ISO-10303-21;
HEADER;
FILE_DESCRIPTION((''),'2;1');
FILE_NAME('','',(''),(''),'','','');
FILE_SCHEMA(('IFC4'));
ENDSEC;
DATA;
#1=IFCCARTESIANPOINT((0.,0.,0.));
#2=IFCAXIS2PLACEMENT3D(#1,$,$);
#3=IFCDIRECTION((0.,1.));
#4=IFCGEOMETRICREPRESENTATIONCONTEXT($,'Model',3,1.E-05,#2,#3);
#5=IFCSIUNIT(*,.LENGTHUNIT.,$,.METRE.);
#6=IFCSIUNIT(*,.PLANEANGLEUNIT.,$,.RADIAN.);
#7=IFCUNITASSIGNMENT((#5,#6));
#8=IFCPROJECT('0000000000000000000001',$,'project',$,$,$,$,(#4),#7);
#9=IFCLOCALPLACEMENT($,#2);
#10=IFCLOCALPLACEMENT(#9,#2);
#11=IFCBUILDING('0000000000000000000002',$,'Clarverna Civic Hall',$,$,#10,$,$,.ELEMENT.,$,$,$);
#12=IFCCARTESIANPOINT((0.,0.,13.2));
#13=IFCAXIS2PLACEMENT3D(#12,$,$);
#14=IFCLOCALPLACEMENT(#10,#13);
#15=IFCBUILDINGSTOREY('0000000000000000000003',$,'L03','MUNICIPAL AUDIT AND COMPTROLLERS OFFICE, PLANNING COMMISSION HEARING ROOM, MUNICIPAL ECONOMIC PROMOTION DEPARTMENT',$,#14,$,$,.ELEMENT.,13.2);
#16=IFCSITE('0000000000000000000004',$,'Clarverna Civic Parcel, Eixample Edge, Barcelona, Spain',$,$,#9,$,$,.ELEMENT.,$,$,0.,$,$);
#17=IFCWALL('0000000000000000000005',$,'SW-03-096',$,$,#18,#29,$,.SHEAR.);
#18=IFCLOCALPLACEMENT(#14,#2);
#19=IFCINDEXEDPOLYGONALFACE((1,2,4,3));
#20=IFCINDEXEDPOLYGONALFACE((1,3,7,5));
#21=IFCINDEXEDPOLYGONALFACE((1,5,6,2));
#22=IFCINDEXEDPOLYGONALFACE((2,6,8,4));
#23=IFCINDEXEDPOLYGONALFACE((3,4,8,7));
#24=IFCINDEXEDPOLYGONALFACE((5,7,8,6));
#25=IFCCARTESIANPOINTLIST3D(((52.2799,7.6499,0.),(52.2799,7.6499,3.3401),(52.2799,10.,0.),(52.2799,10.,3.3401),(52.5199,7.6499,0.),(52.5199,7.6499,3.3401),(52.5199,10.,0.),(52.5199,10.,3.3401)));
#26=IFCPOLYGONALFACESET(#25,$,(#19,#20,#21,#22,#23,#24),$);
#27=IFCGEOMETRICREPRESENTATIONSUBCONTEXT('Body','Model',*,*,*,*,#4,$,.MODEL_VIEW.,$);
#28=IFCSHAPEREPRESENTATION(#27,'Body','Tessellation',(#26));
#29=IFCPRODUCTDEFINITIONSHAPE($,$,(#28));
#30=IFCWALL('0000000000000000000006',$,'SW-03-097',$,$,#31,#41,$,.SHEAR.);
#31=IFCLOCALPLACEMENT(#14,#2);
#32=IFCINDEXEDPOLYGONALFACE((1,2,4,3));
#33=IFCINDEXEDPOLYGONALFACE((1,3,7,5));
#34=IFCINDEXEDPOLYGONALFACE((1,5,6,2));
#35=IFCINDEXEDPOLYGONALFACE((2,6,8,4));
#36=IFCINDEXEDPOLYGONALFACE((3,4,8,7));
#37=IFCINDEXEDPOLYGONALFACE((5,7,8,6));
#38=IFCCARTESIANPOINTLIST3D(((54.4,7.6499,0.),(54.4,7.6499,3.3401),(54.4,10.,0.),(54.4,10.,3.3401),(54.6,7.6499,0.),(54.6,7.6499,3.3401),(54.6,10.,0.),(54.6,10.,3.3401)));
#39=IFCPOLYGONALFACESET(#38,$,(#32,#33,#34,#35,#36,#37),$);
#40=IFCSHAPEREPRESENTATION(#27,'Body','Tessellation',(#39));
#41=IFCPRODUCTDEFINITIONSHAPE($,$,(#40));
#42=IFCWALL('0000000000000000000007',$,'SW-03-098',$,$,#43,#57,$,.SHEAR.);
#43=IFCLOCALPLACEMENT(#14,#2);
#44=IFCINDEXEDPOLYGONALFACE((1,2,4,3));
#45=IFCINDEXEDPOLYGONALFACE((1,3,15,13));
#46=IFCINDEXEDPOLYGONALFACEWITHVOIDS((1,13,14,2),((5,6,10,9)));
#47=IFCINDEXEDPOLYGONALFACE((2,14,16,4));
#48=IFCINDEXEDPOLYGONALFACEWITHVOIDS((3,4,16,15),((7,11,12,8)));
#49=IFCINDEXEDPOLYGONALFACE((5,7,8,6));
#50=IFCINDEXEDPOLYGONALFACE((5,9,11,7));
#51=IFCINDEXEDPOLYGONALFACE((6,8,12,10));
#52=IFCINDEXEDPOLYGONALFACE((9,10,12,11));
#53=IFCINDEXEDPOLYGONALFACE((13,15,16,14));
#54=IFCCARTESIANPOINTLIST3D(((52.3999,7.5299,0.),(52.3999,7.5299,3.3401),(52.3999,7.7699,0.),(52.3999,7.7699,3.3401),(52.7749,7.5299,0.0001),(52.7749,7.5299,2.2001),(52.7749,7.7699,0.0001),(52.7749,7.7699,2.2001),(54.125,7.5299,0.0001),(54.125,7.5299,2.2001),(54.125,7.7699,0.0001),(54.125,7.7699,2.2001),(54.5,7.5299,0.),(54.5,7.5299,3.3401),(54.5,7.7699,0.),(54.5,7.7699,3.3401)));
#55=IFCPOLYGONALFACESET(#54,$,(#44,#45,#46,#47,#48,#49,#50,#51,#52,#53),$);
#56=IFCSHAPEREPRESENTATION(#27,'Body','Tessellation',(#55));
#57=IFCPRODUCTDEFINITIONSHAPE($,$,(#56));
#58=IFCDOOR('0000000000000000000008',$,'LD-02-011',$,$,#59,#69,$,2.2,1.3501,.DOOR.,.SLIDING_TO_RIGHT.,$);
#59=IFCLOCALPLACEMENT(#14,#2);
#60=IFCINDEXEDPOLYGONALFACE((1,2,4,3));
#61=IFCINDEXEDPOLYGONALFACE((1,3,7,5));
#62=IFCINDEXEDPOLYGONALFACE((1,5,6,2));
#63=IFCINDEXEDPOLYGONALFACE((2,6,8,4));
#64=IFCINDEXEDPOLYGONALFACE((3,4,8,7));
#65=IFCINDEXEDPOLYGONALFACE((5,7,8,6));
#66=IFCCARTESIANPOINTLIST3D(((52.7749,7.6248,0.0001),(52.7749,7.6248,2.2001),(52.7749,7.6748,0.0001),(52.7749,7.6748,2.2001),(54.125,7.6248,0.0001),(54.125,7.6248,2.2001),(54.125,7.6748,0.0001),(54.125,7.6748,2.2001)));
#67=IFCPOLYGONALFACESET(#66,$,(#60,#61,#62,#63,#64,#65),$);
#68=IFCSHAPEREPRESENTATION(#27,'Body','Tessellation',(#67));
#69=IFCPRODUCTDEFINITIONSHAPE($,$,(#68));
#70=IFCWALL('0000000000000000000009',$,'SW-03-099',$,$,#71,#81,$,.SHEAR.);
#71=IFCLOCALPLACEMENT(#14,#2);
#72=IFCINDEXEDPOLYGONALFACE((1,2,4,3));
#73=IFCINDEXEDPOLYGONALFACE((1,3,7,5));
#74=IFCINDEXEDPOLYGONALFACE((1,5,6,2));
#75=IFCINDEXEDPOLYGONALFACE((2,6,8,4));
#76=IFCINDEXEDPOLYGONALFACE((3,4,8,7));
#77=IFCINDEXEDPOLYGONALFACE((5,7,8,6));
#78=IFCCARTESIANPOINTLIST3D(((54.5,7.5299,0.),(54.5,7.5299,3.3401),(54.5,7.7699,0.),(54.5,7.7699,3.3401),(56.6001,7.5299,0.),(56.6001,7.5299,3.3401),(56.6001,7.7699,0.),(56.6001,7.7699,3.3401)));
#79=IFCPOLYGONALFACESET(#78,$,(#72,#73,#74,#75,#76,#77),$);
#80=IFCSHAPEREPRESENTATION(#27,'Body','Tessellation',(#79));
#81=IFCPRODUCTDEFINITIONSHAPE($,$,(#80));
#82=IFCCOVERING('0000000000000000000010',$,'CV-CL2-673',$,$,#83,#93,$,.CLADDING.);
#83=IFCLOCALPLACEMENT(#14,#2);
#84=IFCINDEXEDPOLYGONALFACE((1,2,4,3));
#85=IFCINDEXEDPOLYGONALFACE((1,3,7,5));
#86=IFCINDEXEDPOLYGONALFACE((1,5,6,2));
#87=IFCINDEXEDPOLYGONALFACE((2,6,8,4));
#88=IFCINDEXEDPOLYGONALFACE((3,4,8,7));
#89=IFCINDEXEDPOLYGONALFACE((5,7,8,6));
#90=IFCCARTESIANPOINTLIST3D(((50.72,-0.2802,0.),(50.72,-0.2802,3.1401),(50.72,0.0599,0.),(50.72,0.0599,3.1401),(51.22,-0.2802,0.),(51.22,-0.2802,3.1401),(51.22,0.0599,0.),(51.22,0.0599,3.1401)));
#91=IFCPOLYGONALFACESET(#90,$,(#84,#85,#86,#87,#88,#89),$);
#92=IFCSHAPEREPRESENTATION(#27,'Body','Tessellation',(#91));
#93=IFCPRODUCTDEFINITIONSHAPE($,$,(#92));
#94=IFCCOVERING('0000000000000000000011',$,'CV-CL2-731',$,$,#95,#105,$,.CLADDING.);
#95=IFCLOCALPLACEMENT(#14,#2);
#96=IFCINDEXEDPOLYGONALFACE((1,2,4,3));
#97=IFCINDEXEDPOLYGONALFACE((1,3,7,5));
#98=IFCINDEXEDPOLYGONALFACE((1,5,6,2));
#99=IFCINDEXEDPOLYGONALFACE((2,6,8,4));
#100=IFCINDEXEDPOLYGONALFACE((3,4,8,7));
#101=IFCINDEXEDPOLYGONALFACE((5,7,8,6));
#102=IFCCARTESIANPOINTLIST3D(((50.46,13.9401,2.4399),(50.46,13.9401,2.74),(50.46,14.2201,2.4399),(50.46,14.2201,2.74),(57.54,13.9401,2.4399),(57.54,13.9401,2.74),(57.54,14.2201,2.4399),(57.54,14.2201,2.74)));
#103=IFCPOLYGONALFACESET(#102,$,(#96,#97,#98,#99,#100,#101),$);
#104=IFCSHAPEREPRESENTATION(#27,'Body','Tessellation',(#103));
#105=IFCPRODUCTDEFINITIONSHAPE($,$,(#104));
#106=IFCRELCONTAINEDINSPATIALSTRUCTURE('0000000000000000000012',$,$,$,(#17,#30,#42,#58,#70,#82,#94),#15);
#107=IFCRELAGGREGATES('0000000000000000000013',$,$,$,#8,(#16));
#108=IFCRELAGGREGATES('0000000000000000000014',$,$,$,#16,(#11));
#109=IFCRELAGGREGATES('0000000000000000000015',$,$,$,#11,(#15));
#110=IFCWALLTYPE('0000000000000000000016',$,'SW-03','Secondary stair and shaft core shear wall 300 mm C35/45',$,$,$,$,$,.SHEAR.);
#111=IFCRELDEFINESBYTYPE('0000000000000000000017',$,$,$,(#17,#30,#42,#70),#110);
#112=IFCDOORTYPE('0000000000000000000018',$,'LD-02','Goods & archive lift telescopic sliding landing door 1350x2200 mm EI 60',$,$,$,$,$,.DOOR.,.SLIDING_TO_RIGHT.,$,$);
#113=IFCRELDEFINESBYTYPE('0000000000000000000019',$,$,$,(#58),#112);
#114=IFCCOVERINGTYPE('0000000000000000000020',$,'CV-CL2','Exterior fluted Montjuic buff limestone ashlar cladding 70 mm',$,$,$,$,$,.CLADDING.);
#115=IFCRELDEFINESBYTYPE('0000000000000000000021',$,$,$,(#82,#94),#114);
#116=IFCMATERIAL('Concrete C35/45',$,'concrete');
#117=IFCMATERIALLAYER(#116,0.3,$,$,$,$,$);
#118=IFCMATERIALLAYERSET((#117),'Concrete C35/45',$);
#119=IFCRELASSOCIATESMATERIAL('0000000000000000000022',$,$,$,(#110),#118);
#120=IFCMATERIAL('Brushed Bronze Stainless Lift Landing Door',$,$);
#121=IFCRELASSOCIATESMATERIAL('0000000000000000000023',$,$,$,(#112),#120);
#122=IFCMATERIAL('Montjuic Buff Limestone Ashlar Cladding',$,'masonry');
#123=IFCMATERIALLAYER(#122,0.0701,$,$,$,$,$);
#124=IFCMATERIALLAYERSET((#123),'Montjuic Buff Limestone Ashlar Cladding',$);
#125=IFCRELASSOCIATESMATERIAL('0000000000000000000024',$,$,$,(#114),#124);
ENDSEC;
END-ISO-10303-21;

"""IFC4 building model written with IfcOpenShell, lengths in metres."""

from ifc_helpers import new_model, si_unit, direction, frame, frame_2d, origin, place, context, subcontext, project, spatial, rectangle, extrude, material, layer, layer_set, type_object, element, fill, save


model = new_model("IFC4")

# Units and contexts
model_context = context("Model", 3, precision=1e-05, world=origin(), true_north=direction((0.0, 1.0)))
body_context = subcontext(model_context, "Body", "Model", "MODEL_VIEW")
ifc_project = project(units=[si_unit("LENGTHUNIT", "METRE"), si_unit("PLANEANGLEUNIT", "RADIAN")], contexts=[model_context])

# Site, building, storey
site_placement = place(None, origin())
site = spatial("IfcSite", under=ifc_project, at=site_placement, Name="Clarverna Civic Parcel, Eixample Edge, Barcelona, Spain", CompositionType="ELEMENT", RefElevation=0.0)
building_placement = place(site_placement, origin())
building = spatial("IfcBuilding", under=site, at=building_placement, Name="Clarverna Civic Hall", CompositionType="ELEMENT")
storey_placement = place(building_placement, frame((0.0, 0.0, 13.2)))
storey = spatial("IfcBuildingStorey", under=building, at=storey_placement, Name="L03", Description="MUNICIPAL AUDIT AND COMPTROLLERS OFFICE, PLANNING COMMISSION HEARING ROOM, MUNICIPAL ECONOMIC PROMOTION DEPARTMENT", CompositionType="ELEMENT", Elevation=13.2)

# Shared definitions
ifc_material_1 = material(Name="Concrete C35/45", Category="concrete")

# Shared definitions
ifc_layer_1 = layer(ifc_material_1, 0.3)
ifc_layer_set_1 = layer_set([ifc_layer_1], Name="Concrete C35/45")
wall_type_1 = type_object("IfcWallType", Name="SW-03", Description="Secondary stair and shaft core shear wall 300 mm C35/45", PredefinedType="SHEAR", material=ifc_layer_set_1)

# Walls
wall_1_placement = place(storey_placement, frame((52.3999, 7.6499, 0.0), z_axis=(0.0, 0.0, 1.0), x_axis=(0.0, 1.0, 0.0)))
element("IfcWall", 1, at=wall_1_placement, inside=storey, type_object=wall_type_1, Name="SW-03-096", PredefinedType="SHEAR", context=body_context, shape_type="SweptSolid", body=[
    extrude(rectangle(XDim=2.3501, YDim=0.24, at=frame_2d((1.175, 0.0))), origin(), (0.0, 0.0, 1.0), 3.3401),
])
wall_2_placement = place(storey_placement, frame((54.5, 7.6499, 0.0), z_axis=(0.0, 0.0, 1.0), x_axis=(0.0, 1.0, 0.0)))
element("IfcWall", 2, at=wall_2_placement, inside=storey, type_object=wall_type_1, Name="SW-03-097", PredefinedType="SHEAR", context=body_context, shape_type="SweptSolid", body=[
    extrude(rectangle(XDim=2.3501, YDim=0.2, at=frame_2d((1.175, 0.0))), origin(), (0.0, 0.0, 1.0), 3.3401),
])

# Wall, opening, door
wall_3_placement = place(storey_placement, frame((52.3999, 7.6499, 0.0), z_axis=(0.0, 0.0, 1.0), x_axis=(1.0, 0.0, 0.0)))
wall_3 = element("IfcWall", 3, at=wall_3_placement, inside=storey, type_object=wall_type_1, Name="SW-03-098", PredefinedType="SHEAR", context=body_context, shape_type="SweptSolid", body=[
    extrude(rectangle(XDim=2.1001, YDim=0.24, at=frame_2d((1.05, 0.0))), origin(), (0.0, 0.0, 1.0), 3.3401),
])
opening_1_placement = place(wall_3_placement, frame((0.375, 0.0, 0.0)))
opening_1 = element("IfcOpeningElement", 4, at=opening_1_placement, cuts=wall_3, PredefinedType="OPENING", context=body_context, shape_type="SweptSolid", body=[
    extrude(rectangle(XDim=1.3501, YDim=2.2, at=frame_2d((0.675, 1.1001))), frame((0.0, 0.1299, 0.0), z_axis=(0.0, -1.0, 0.0), x_axis=(1.0, 0.0, 0.0)), (0.0, 0.0, 1.0), 0.26),
])
ifc_material_2 = material(Name="Brushed Bronze Stainless Lift Landing Door")
door_type_1 = type_object("IfcDoorType", Name="LD-02", Description="Goods & archive lift telescopic sliding landing door 1350x2200 mm EI 60", OperationType="SLIDING_TO_RIGHT", PredefinedType="DOOR", material=ifc_material_2)
door_1_placement = place(opening_1_placement, origin())
door_1 = element("IfcDoor", 5, at=door_1_placement, inside=storey, type_object=door_type_1, Name="LD-02-011", OperationType="SLIDING_TO_RIGHT", OverallHeight=2.2, OverallWidth=1.3501, PredefinedType="DOOR", context=body_context, shape_type="SweptSolid", body=[
    extrude(rectangle(XDim=1.3501, YDim=2.2, at=frame_2d((0.675, 1.1001))), frame((0.0, 0.0249, 0.0), z_axis=(0.0, -1.0, 0.0), x_axis=(1.0, 0.0, 0.0)), (0.0, 0.0, 1.0), 0.05),
])
fill(opening_1, door_1)

# Wall
wall_4_placement = place(storey_placement, frame((54.5, 7.6499, 0.0), z_axis=(0.0, 0.0, 1.0), x_axis=(1.0, 0.0, 0.0)))
element("IfcWall", 6, at=wall_4_placement, inside=storey, type_object=wall_type_1, Name="SW-03-099", PredefinedType="SHEAR", context=body_context, shape_type="SweptSolid", body=[
    extrude(rectangle(XDim=2.1001, YDim=0.24, at=frame_2d((1.05, 0.0))), origin(), (0.0, 0.0, 1.0), 3.3401),
])

# Coverings
ifc_material_3 = material(Name="Montjuic Buff Limestone Ashlar Cladding", Category="masonry")
ifc_layer_2 = layer(ifc_material_3, 0.0701)
ifc_layer_set_2 = layer_set([ifc_layer_2], Name="Montjuic Buff Limestone Ashlar Cladding")
covering_type = type_object("IfcCoveringType", Name="CV-CL2", Description="Exterior fluted Montjuic buff limestone ashlar cladding 70 mm", PredefinedType="CLADDING", material=ifc_layer_set_2)
covering_1_placement = place(storey_placement, frame((51.22, -0.1101, 0.0), z_axis=(0.0, 0.0, 1.0), x_axis=(-1.0, 0.0, 0.0)))
element("IfcCovering", 7, at=covering_1_placement, inside=storey, type_object=covering_type, Name="CV-CL2-673", PredefinedType="CLADDING", context=body_context, shape_type="SweptSolid", body=[
    extrude(rectangle(XDim=0.5, YDim=0.3401, at=frame_2d((0.25, 0.0))), origin(), (0.0, 0.0, 1.0), 3.1401),
])
covering_2_placement = place(storey_placement, frame((50.46, 14.0801, 2.4399), z_axis=(0.0, 0.0, 1.0), x_axis=(1.0, 0.0, 0.0)))
element("IfcCovering", 8, at=covering_2_placement, inside=storey, type_object=covering_type, Name="CV-CL2-731", PredefinedType="CLADDING", context=body_context, shape_type="SweptSolid", body=[
    extrude(rectangle(XDim=7.0801, YDim=0.28, at=frame_2d((3.54, 0.0))), origin(), (0.0, 0.0, 1.0), 0.3),
])

save(model, "model.ifc")
